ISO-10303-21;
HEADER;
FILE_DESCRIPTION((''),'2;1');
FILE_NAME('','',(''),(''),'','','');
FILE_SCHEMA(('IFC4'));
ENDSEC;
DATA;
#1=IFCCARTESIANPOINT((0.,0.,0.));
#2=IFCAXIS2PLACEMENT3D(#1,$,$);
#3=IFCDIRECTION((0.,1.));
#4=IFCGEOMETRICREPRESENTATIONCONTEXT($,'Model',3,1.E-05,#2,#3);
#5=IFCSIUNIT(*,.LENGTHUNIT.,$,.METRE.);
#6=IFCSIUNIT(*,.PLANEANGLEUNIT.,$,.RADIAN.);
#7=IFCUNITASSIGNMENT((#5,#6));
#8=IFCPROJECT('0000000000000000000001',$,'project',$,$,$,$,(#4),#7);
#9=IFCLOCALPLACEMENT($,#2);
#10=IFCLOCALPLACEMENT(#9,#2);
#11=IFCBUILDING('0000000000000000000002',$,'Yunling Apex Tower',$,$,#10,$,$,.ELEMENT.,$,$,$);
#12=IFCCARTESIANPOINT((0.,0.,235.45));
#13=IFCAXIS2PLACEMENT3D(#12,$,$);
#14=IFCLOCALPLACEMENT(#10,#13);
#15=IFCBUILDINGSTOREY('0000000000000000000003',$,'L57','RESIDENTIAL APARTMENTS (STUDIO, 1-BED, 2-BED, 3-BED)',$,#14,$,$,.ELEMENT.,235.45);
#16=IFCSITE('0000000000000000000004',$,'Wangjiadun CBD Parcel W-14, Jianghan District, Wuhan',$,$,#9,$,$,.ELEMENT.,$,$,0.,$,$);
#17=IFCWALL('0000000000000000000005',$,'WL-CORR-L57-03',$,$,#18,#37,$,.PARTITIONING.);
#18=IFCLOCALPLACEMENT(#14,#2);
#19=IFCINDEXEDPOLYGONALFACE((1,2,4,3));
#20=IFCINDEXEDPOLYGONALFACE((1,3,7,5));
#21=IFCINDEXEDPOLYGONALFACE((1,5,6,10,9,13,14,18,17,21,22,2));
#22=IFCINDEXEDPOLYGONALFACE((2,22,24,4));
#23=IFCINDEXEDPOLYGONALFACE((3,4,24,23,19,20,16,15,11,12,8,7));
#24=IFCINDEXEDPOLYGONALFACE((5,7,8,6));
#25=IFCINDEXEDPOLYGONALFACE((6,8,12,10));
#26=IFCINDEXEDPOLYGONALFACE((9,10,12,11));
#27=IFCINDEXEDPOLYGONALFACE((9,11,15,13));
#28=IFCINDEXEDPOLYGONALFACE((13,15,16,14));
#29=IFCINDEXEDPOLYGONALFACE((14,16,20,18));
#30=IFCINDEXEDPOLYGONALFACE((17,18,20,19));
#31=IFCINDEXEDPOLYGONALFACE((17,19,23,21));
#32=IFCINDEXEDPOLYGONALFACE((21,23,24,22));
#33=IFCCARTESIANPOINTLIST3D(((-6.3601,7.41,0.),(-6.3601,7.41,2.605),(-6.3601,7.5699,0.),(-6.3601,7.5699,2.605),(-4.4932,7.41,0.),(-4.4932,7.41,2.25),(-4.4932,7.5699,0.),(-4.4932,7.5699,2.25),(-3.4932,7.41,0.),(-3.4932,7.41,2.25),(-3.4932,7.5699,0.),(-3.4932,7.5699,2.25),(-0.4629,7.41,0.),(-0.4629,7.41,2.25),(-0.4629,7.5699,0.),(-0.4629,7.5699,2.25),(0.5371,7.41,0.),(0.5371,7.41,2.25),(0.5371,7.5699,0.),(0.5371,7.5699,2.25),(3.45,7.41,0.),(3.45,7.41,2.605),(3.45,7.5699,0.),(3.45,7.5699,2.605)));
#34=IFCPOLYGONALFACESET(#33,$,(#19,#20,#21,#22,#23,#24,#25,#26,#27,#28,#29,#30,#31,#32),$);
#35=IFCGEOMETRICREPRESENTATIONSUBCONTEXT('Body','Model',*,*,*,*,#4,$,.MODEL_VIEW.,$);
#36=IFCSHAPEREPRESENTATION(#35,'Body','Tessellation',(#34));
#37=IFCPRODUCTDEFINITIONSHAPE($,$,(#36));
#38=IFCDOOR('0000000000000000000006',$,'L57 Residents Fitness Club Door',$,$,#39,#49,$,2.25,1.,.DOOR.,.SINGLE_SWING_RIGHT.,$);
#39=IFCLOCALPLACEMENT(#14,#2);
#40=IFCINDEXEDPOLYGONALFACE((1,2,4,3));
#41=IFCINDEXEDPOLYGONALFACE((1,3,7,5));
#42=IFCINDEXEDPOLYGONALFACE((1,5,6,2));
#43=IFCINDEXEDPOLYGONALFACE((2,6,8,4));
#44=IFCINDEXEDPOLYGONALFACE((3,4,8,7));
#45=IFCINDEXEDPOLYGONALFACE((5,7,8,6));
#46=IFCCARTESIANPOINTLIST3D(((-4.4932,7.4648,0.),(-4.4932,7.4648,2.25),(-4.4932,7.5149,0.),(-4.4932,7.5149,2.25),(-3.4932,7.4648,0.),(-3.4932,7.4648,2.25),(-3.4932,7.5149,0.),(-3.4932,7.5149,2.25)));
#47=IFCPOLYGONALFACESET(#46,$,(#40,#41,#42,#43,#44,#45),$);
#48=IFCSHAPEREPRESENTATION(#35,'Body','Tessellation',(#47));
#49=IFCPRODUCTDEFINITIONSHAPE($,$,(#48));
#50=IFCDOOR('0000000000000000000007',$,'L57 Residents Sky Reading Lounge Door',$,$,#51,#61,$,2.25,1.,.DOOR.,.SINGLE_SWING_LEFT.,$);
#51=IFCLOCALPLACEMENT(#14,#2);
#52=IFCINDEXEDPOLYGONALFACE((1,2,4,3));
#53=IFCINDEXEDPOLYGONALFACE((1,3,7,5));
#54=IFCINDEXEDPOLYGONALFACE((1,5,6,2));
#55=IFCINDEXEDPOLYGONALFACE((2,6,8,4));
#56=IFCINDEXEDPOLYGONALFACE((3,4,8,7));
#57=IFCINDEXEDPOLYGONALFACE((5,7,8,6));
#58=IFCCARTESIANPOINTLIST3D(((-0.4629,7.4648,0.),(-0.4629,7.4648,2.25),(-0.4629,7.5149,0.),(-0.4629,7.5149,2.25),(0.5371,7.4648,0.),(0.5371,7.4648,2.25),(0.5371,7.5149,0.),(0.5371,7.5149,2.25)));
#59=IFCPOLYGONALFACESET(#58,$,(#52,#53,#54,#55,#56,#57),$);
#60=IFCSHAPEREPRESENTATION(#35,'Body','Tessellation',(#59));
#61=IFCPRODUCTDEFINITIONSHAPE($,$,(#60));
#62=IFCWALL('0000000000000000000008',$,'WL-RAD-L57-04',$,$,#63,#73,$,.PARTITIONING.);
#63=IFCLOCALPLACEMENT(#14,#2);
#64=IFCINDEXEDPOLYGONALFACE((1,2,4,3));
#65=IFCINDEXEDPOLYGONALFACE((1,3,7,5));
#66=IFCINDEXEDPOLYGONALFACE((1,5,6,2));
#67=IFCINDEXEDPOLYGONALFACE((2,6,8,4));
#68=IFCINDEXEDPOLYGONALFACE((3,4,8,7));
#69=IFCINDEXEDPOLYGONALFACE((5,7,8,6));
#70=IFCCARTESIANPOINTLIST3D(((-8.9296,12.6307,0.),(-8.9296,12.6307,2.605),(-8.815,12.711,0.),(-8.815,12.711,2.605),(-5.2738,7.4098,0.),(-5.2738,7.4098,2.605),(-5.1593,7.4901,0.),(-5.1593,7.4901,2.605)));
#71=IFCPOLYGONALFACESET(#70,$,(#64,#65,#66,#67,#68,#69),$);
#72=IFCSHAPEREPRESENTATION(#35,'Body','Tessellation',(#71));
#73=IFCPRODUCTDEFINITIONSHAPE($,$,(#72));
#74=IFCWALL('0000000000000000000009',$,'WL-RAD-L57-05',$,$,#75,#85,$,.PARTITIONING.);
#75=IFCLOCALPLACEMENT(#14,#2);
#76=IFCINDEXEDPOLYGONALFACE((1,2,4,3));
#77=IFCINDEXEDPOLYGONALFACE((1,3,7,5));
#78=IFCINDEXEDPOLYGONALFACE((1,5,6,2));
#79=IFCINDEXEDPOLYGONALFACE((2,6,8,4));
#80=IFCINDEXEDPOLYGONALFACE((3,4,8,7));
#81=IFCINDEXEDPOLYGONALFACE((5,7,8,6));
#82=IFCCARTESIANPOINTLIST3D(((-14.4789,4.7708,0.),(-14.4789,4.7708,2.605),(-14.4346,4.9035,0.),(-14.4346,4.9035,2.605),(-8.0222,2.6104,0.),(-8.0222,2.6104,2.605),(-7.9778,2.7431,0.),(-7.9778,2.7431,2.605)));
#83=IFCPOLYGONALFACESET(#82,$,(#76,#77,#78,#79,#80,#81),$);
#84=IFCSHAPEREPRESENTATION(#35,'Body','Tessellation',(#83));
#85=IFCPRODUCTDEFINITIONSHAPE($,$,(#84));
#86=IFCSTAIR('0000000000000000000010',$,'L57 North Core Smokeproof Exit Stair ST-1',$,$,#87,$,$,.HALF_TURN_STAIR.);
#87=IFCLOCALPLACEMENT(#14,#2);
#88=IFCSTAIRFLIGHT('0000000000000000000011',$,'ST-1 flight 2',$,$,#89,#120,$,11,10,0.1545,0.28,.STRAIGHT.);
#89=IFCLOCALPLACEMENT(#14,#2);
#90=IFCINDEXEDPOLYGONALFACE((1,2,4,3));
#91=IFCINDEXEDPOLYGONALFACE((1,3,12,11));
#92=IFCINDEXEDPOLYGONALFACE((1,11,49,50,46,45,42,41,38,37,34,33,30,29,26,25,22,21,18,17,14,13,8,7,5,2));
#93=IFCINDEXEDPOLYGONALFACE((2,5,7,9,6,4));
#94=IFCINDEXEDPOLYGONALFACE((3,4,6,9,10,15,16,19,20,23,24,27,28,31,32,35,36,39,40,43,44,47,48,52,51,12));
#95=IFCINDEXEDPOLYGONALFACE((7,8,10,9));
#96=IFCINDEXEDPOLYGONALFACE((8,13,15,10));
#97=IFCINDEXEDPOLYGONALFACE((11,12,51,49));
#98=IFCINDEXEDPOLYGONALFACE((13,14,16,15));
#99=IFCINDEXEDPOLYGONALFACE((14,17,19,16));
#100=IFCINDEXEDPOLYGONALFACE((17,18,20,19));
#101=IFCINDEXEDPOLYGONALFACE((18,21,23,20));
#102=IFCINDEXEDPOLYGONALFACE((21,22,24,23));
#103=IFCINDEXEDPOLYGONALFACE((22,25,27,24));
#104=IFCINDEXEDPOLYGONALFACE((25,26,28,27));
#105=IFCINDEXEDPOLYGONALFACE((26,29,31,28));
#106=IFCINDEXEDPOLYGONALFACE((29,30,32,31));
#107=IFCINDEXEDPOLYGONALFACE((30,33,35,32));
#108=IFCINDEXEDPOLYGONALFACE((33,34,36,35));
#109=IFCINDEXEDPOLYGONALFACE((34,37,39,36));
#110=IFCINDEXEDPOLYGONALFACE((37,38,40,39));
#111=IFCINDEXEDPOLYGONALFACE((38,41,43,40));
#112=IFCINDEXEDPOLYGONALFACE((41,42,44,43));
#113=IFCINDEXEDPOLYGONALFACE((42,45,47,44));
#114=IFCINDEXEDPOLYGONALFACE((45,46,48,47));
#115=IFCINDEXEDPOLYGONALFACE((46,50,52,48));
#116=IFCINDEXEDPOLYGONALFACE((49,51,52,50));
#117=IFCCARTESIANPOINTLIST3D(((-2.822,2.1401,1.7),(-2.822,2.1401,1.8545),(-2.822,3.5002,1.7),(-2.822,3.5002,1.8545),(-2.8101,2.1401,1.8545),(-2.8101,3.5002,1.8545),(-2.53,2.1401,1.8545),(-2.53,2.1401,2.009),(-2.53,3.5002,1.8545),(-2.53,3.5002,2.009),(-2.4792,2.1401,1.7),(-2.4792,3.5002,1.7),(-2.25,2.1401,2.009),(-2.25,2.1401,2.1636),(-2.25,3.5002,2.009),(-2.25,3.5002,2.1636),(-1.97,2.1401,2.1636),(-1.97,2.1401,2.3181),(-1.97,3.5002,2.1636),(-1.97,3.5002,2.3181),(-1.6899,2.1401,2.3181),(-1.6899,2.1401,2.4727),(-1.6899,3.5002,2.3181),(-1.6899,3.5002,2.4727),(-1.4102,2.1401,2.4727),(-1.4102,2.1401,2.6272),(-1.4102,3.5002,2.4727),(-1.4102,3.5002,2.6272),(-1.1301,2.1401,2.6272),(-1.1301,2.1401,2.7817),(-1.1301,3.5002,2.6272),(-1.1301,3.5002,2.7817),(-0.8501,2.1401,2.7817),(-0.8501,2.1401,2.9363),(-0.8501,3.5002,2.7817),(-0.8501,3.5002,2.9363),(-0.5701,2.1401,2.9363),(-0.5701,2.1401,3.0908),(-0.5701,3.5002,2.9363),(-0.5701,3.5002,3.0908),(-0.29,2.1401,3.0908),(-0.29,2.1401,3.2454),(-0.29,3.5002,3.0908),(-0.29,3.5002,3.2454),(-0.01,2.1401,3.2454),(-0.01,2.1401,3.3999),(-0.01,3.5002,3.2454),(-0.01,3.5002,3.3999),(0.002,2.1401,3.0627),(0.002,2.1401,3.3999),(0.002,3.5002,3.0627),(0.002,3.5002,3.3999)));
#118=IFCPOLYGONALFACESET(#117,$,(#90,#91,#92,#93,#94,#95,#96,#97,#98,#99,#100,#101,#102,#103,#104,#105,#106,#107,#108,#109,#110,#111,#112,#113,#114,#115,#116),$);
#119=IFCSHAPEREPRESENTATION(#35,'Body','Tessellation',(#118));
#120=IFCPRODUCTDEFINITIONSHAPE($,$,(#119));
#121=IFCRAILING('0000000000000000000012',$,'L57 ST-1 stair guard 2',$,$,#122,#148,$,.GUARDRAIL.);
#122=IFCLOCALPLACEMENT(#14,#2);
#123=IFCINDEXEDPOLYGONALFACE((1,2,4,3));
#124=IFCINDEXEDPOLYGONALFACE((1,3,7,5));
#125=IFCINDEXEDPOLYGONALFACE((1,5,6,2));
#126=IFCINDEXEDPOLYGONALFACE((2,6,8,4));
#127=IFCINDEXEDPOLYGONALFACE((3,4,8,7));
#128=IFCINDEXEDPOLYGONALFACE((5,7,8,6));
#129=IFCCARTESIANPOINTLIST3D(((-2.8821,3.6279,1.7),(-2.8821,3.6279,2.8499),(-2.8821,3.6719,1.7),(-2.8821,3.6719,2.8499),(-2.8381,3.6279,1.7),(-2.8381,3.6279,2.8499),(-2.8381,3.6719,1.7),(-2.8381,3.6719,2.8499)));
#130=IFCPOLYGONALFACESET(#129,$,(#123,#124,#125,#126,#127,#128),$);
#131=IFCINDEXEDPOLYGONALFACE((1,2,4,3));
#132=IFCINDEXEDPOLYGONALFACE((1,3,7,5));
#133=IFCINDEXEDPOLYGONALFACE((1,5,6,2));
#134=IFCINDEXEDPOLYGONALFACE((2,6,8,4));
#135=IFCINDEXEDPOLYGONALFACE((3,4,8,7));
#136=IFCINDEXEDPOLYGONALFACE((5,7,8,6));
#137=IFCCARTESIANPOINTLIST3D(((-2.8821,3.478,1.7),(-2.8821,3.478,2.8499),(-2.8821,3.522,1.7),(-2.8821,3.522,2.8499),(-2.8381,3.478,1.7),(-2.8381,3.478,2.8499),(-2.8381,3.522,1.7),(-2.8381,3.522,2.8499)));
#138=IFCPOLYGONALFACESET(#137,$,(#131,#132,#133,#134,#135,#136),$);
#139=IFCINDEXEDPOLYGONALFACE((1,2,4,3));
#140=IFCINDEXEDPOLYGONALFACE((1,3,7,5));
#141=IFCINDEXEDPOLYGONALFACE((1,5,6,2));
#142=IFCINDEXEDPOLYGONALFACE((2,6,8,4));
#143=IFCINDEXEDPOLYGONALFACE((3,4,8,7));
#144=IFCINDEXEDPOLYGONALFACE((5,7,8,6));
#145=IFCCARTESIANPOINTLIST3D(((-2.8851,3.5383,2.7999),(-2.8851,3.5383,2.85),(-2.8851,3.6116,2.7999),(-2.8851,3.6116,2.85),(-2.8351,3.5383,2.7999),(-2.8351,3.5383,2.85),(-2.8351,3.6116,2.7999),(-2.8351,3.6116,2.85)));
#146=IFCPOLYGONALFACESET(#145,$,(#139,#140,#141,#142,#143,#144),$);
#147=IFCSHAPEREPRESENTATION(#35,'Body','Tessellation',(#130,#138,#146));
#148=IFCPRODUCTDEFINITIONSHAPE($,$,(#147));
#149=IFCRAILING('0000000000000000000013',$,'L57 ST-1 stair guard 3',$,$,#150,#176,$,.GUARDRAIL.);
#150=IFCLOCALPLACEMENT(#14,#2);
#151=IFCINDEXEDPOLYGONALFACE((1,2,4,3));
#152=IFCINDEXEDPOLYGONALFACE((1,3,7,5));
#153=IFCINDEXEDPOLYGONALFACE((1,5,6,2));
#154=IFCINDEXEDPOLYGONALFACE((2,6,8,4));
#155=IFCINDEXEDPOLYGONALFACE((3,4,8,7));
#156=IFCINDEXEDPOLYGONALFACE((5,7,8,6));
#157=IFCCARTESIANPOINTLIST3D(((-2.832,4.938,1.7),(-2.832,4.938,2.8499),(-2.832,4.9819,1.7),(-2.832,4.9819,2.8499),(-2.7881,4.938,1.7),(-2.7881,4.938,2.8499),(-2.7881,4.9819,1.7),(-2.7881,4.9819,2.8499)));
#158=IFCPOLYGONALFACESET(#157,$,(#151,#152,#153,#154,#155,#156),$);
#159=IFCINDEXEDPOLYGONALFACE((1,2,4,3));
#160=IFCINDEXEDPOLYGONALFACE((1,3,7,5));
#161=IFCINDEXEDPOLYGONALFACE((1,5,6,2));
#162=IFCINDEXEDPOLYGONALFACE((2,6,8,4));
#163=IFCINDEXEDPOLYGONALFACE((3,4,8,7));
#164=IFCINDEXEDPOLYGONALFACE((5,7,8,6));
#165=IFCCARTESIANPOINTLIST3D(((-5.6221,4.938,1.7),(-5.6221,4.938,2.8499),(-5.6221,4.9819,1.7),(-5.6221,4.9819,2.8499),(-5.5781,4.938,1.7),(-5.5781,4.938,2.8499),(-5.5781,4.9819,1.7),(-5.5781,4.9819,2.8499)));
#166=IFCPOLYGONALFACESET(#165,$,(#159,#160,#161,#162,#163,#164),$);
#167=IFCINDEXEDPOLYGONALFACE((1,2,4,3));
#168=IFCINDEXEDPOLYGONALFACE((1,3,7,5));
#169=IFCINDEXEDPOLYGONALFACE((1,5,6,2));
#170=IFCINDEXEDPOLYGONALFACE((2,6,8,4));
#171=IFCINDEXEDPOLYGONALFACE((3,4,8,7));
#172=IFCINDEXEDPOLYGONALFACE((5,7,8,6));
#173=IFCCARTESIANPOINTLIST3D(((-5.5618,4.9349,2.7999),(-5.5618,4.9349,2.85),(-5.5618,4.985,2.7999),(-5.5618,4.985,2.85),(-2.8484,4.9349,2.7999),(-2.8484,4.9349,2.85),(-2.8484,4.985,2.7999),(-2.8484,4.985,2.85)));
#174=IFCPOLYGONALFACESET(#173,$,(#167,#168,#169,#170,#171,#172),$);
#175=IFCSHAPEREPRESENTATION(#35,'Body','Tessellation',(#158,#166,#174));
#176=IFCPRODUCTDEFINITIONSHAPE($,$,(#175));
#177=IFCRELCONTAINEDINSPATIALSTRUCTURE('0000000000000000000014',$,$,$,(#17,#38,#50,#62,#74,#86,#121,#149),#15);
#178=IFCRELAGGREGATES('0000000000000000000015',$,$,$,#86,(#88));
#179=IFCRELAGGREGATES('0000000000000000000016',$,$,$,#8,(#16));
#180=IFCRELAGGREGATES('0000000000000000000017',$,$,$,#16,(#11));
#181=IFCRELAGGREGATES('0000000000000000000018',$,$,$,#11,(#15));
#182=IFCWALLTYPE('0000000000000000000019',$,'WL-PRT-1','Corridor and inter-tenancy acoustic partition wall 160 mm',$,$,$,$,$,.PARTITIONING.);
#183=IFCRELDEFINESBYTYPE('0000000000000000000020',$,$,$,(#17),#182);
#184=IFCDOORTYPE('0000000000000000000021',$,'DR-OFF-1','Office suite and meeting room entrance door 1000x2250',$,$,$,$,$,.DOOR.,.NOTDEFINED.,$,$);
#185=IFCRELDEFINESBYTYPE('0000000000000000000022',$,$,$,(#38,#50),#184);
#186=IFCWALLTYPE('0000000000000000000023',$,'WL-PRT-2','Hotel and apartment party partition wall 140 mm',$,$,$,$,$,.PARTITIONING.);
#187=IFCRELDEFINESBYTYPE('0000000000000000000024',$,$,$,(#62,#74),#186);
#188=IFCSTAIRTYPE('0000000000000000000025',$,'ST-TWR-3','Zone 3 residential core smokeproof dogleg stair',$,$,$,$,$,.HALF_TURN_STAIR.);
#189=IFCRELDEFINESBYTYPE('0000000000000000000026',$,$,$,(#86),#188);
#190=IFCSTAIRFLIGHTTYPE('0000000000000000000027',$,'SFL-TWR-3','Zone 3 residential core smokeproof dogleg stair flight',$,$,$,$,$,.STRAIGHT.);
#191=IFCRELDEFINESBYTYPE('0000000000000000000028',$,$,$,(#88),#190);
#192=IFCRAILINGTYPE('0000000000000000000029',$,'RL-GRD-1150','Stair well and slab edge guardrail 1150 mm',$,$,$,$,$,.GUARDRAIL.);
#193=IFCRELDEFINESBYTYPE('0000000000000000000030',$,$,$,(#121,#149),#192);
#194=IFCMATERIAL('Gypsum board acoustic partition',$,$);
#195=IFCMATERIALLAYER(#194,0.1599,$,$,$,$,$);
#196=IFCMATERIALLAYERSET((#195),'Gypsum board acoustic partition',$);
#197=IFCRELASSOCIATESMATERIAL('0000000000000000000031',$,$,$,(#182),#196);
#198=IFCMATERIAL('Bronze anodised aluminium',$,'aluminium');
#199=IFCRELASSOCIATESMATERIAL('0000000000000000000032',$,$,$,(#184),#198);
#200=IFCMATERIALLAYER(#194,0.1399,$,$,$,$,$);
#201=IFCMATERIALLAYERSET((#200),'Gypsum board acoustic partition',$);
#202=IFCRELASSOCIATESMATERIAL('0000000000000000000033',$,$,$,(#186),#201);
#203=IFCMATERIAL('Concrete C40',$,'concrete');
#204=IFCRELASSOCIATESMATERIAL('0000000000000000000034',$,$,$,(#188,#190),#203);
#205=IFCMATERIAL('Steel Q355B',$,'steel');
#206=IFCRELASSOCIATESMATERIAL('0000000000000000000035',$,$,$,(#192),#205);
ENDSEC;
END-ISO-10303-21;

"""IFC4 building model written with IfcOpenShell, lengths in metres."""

from ifc_helpers import new_model, si_unit, direction, frame, frame_2d, origin, origin_2d, place, context, subcontext, project, spatial, polyline, rectangle, outline, extrude, material, layer, layer_set, type_object, element, fill, aggregate, save


model = new_model("IFC4")

# Units and contexts
model_context = context("Model", 3, precision=1e-05, world=origin(), true_north=direction((0.0, 1.0)))
body_context = subcontext(model_context, "Body", "Model", "MODEL_VIEW")
ifc_project = project(units=[si_unit("LENGTHUNIT", "METRE"), si_unit("PLANEANGLEUNIT", "RADIAN")], contexts=[model_context])

# Site, building, storey
site_placement = place(None, origin())
site = spatial("IfcSite", under=ifc_project, at=site_placement, Name="Wangjiadun CBD Parcel W-14, Jianghan District, Wuhan", CompositionType="ELEMENT", RefElevation=0.0)
building_placement = place(site_placement, origin())
building = spatial("IfcBuilding", under=site, at=building_placement, Name="Yunling Apex Tower", CompositionType="ELEMENT")
storey_placement = place(building_placement, frame((0.0, 0.0, 235.45)))
storey = spatial("IfcBuildingStorey", under=building, at=storey_placement, Name="L57", Description="RESIDENTIAL APARTMENTS (STUDIO, 1-BED, 2-BED, 3-BED)", CompositionType="ELEMENT", Elevation=235.45)

# Shared definitions
ifc_material_1 = material(Name="Steel Q355B", Category="steel")

# Shared definitions
ifc_material_2 = material(Name="Bronze anodised aluminium", Category="aluminium")

# Shared definitions
ifc_material_3 = material(Name="Concrete C40", Category="concrete")

# Shared definitions
ifc_material_4 = material(Name="Gypsum board acoustic partition")
ifc_layer_1 = layer(ifc_material_4, 0.1599)
ifc_layer_set_1 = layer_set([ifc_layer_1], Name="Gypsum board acoustic partition")
wall_type_1 = type_object("IfcWallType", Name="WL-PRT-1", Description="Corridor and inter-tenancy acoustic partition wall 160 mm", PredefinedType="PARTITIONING", material=ifc_layer_set_1)
door_type_1 = type_object("IfcDoorType", Name="DR-OFF-1", Description="Office suite and meeting room entrance door 1000x2250", OperationType="NOTDEFINED", PredefinedType="DOOR", material=ifc_material_2)

# Wall, openings, doors
wall_1_placement = place(storey_placement, frame((-6.3601, 7.49, 0.0), z_axis=(0.0, 0.0, 1.0), x_axis=(1.0, 0.0, 0.0)))
wall_1 = element("IfcWall", 1, at=wall_1_placement, inside=storey, type_object=wall_type_1, Name="WL-CORR-L57-03", PredefinedType="PARTITIONING", context=body_context, shape_type="SweptSolid", body=[
    extrude(rectangle(XDim=9.8101, YDim=0.1599, at=frame_2d((4.905, 0.0))), origin(), (0.0, 0.0, 1.0), 2.605),
])
opening_1_placement = place(wall_1_placement, frame((1.8669, 0.0, 0.0)))
opening_1 = element("IfcOpeningElement", 2, at=opening_1_placement, cuts=wall_1, PredefinedType="OPENING", context=body_context, shape_type="SweptSolid", body=[
    extrude(rectangle(XDim=1.0, YDim=2.25, at=frame_2d((0.5, 1.125))), frame((0.0, 0.0898, 0.0), z_axis=(0.0, -1.0, 0.0), x_axis=(1.0, 0.0, 0.0)), (0.0, 0.0, 1.0), 0.1799),
])
opening_2_placement = place(wall_1_placement, frame((5.8972, 0.0, 0.0)))
opening_2 = element("IfcOpeningElement", 3, at=opening_2_placement, cuts=wall_1, PredefinedType="OPENING", context=body_context, shape_type="SweptSolid", body=[
    extrude(rectangle(XDim=1.0, YDim=2.25, at=frame_2d((0.5, 1.125))), frame((0.0, 0.0898, 0.0), z_axis=(0.0, -1.0, 0.0), x_axis=(1.0, 0.0, 0.0)), (0.0, 0.0, 1.0), 0.1799),
])
door_1_placement = place(opening_1_placement, origin())
door_1 = element("IfcDoor", 4, at=door_1_placement, inside=storey, type_object=door_type_1, Name="L57 Residents Fitness Club Door", OperationType="SINGLE_SWING_RIGHT", OverallHeight=2.25, OverallWidth=1.0, PredefinedType="DOOR", context=body_context, shape_type="SweptSolid", body=[
    extrude(rectangle(XDim=1.0, YDim=2.25, at=frame_2d((0.5, 1.125))), frame((0.0, 0.0249, 0.0), z_axis=(0.0, -1.0, 0.0), x_axis=(1.0, 0.0, 0.0)), (0.0, 0.0, 1.0), 0.05),
])
fill(opening_1, door_1)
door_2_placement = place(opening_2_placement, origin())
door_2 = element("IfcDoor", 5, at=door_2_placement, inside=storey, type_object=door_type_1, Name="L57 Residents Sky Reading Lounge Door", OperationType="SINGLE_SWING_LEFT", OverallHeight=2.25, OverallWidth=1.0, PredefinedType="DOOR", context=body_context, shape_type="SweptSolid", body=[
    extrude(rectangle(XDim=1.0, YDim=2.25, at=frame_2d((0.5, 1.125))), frame((0.0, 0.0249, 0.0), z_axis=(0.0, -1.0, 0.0), x_axis=(1.0, 0.0, 0.0)), (0.0, 0.0, 1.0), 0.05),
])
fill(opening_2, door_2)

# Walls
ifc_layer_2 = layer(ifc_material_4, 0.1399)
ifc_layer_set_2 = layer_set([ifc_layer_2], Name="Gypsum board acoustic partition")
wall_type_2 = type_object("IfcWallType", Name="WL-PRT-2", Description="Hotel and apartment party partition wall 140 mm", PredefinedType="PARTITIONING", material=ifc_layer_set_2)
wall_2_placement = place(storey_placement, frame((-5.2166, 7.45, 0.0), z_axis=(0.0, 0.0, 1.0), x_axis=(-0.573578, 0.819151, 0.0)))
element("IfcWall", 6, at=wall_2_placement, inside=storey, type_object=wall_type_2, Name="WL-RAD-L57-04", PredefinedType="PARTITIONING", context=body_context, shape_type="SweptSolid", body=[
    extrude(rectangle(XDim=6.3735, YDim=0.1399, at=frame_2d((3.1868, 0.0))), origin(), (0.0, 0.0, 1.0), 2.605),
])
wall_3_placement = place(storey_placement, frame((-8.0, 2.6768, 0.0), z_axis=(0.0, 0.0, 1.0), x_axis=(-0.948324, 0.317303, 0.0)))
element("IfcWall", 7, at=wall_3_placement, inside=storey, type_object=wall_type_2, Name="WL-RAD-L57-05", PredefinedType="PARTITIONING", context=body_context, shape_type="SweptSolid", body=[
    extrude(rectangle(XDim=6.8086, YDim=0.1399, at=frame_2d((3.4043, 0.0))), origin(), (0.0, 0.0, 1.0), 2.605),
])

# Stair, stair flight
stair_type = type_object("IfcStairType", Name="ST-TWR-3", Description="Zone 3 residential core smokeproof dogleg stair", PredefinedType="HALF_TURN_STAIR", material=ifc_material_3)
stair_placement = place(storey_placement, origin())
stair = element("IfcStair", 8, at=stair_placement, inside=storey, type_object=stair_type, Name="L57 North Core Smokeproof Exit Stair ST-1", PredefinedType="HALF_TURN_STAIR")
stair_flight_type = type_object("IfcStairFlightType", Name="SFL-TWR-3", Description="Zone 3 residential core smokeproof dogleg stair flight", PredefinedType="STRAIGHT", material=ifc_material_3)
stair_flight_placement = place(storey_placement, frame((-2.8101, 2.8201, 1.7), z_axis=(0.0, 0.0, 1.0), x_axis=(1.0, 0.0, 0.0)))
stair_flight = element("IfcStairFlight", 9, at=stair_flight_placement, type_object=stair_flight_type, Name="ST-1 flight 2", NumberOfRisers=11, NumberOfTreads=10, PredefinedType="STRAIGHT", RiserHeight=0.1545, TreadLength=0.28, context=body_context, shape_type="SweptSolid", body=[
    extrude(outline(polyline([(-0.012, 0.0), (-0.012, 0.1545), (0.0, 0.1545), (0.28, 0.1545), (0.28, 0.3091), (0.5601, 0.3091), (0.5601, 0.4636), (0.8401, 0.4636), (0.8401, 0.6182), (1.1201, 0.6182), (1.1201, 0.7727), (1.3999, 0.7727), (1.3999, 0.9272), (1.6799, 0.9272), (1.6799, 1.0818), (1.96, 1.0818), (1.96, 1.2363), (2.24, 1.2363), (2.24, 1.3909), (2.52, 1.3909), (2.52, 1.5454), (2.8, 1.5454), (2.8, 1.7), (2.812, 1.7), (2.812, 1.3628), (0.3308, 0.0), (-0.012, 0.0)])), frame((0.0, 0.6802, 0.0), z_axis=(0.0, -1.0, 0.0), x_axis=(1.0, 0.0, 0.0)), (0.0, 0.0, 1.0), 1.3601),
])
aggregate(stair, [stair_flight])

# Railings
railing_type = type_object("IfcRailingType", Name="RL-GRD-1150", Description="Stair well and slab edge guardrail 1150 mm", PredefinedType="GUARDRAIL", material=ifc_material_1)
railing_1_placement = place(storey_placement, frame((-2.8601, 3.6499, 1.7)))
element("IfcRailing", 10, at=railing_1_placement, inside=storey, type_object=railing_type, Name="L57 ST-1 stair guard 2", PredefinedType="GUARDRAIL", context=body_context, shape_type="SweptSolid", body=[
    extrude(rectangle(XDim=0.0439, YDim=0.0439, at=origin_2d()), origin(), (0.0, 0.0, 1.0), 1.1499),
    extrude(rectangle(XDim=0.0439, YDim=0.0439, at=origin_2d()), frame((0.0, -0.1499, 0.0)), (0.0, 0.0, 1.0), 1.1499),
    extrude(rectangle(XDim=0.05, YDim=0.05, at=origin_2d()), frame((0.0, -0.0383, 1.125), z_axis=(0.0, -1.0, 0.0), x_axis=(1.0, 0.0, 0.0)), (0.0, 0.0, 1.0), 0.0732),
])
railing_2_placement = place(storey_placement, frame((-2.8101, 4.96, 1.7)))
element("IfcRailing", 11, at=railing_2_placement, inside=storey, type_object=railing_type, Name="L57 ST-1 stair guard 3", PredefinedType="GUARDRAIL", context=body_context, shape_type="SweptSolid", body=[
    extrude(rectangle(XDim=0.0439, YDim=0.0439, at=origin_2d()), origin(), (0.0, 0.0, 1.0), 1.1499),
    extrude(rectangle(XDim=0.0439, YDim=0.0439, at=origin_2d()), frame((-2.79, 0.0, 0.0)), (0.0, 0.0, 1.0), 1.1499),
    extrude(rectangle(XDim=0.05, YDim=0.05, at=origin_2d()), frame((-0.0383, 0.0, 1.125), z_axis=(-1.0, 0.0, 0.0), x_axis=(0.0, -1.0, 0.0)), (0.0, 0.0, 1.0), 2.7134),
])

save(model, "model.ifc")
